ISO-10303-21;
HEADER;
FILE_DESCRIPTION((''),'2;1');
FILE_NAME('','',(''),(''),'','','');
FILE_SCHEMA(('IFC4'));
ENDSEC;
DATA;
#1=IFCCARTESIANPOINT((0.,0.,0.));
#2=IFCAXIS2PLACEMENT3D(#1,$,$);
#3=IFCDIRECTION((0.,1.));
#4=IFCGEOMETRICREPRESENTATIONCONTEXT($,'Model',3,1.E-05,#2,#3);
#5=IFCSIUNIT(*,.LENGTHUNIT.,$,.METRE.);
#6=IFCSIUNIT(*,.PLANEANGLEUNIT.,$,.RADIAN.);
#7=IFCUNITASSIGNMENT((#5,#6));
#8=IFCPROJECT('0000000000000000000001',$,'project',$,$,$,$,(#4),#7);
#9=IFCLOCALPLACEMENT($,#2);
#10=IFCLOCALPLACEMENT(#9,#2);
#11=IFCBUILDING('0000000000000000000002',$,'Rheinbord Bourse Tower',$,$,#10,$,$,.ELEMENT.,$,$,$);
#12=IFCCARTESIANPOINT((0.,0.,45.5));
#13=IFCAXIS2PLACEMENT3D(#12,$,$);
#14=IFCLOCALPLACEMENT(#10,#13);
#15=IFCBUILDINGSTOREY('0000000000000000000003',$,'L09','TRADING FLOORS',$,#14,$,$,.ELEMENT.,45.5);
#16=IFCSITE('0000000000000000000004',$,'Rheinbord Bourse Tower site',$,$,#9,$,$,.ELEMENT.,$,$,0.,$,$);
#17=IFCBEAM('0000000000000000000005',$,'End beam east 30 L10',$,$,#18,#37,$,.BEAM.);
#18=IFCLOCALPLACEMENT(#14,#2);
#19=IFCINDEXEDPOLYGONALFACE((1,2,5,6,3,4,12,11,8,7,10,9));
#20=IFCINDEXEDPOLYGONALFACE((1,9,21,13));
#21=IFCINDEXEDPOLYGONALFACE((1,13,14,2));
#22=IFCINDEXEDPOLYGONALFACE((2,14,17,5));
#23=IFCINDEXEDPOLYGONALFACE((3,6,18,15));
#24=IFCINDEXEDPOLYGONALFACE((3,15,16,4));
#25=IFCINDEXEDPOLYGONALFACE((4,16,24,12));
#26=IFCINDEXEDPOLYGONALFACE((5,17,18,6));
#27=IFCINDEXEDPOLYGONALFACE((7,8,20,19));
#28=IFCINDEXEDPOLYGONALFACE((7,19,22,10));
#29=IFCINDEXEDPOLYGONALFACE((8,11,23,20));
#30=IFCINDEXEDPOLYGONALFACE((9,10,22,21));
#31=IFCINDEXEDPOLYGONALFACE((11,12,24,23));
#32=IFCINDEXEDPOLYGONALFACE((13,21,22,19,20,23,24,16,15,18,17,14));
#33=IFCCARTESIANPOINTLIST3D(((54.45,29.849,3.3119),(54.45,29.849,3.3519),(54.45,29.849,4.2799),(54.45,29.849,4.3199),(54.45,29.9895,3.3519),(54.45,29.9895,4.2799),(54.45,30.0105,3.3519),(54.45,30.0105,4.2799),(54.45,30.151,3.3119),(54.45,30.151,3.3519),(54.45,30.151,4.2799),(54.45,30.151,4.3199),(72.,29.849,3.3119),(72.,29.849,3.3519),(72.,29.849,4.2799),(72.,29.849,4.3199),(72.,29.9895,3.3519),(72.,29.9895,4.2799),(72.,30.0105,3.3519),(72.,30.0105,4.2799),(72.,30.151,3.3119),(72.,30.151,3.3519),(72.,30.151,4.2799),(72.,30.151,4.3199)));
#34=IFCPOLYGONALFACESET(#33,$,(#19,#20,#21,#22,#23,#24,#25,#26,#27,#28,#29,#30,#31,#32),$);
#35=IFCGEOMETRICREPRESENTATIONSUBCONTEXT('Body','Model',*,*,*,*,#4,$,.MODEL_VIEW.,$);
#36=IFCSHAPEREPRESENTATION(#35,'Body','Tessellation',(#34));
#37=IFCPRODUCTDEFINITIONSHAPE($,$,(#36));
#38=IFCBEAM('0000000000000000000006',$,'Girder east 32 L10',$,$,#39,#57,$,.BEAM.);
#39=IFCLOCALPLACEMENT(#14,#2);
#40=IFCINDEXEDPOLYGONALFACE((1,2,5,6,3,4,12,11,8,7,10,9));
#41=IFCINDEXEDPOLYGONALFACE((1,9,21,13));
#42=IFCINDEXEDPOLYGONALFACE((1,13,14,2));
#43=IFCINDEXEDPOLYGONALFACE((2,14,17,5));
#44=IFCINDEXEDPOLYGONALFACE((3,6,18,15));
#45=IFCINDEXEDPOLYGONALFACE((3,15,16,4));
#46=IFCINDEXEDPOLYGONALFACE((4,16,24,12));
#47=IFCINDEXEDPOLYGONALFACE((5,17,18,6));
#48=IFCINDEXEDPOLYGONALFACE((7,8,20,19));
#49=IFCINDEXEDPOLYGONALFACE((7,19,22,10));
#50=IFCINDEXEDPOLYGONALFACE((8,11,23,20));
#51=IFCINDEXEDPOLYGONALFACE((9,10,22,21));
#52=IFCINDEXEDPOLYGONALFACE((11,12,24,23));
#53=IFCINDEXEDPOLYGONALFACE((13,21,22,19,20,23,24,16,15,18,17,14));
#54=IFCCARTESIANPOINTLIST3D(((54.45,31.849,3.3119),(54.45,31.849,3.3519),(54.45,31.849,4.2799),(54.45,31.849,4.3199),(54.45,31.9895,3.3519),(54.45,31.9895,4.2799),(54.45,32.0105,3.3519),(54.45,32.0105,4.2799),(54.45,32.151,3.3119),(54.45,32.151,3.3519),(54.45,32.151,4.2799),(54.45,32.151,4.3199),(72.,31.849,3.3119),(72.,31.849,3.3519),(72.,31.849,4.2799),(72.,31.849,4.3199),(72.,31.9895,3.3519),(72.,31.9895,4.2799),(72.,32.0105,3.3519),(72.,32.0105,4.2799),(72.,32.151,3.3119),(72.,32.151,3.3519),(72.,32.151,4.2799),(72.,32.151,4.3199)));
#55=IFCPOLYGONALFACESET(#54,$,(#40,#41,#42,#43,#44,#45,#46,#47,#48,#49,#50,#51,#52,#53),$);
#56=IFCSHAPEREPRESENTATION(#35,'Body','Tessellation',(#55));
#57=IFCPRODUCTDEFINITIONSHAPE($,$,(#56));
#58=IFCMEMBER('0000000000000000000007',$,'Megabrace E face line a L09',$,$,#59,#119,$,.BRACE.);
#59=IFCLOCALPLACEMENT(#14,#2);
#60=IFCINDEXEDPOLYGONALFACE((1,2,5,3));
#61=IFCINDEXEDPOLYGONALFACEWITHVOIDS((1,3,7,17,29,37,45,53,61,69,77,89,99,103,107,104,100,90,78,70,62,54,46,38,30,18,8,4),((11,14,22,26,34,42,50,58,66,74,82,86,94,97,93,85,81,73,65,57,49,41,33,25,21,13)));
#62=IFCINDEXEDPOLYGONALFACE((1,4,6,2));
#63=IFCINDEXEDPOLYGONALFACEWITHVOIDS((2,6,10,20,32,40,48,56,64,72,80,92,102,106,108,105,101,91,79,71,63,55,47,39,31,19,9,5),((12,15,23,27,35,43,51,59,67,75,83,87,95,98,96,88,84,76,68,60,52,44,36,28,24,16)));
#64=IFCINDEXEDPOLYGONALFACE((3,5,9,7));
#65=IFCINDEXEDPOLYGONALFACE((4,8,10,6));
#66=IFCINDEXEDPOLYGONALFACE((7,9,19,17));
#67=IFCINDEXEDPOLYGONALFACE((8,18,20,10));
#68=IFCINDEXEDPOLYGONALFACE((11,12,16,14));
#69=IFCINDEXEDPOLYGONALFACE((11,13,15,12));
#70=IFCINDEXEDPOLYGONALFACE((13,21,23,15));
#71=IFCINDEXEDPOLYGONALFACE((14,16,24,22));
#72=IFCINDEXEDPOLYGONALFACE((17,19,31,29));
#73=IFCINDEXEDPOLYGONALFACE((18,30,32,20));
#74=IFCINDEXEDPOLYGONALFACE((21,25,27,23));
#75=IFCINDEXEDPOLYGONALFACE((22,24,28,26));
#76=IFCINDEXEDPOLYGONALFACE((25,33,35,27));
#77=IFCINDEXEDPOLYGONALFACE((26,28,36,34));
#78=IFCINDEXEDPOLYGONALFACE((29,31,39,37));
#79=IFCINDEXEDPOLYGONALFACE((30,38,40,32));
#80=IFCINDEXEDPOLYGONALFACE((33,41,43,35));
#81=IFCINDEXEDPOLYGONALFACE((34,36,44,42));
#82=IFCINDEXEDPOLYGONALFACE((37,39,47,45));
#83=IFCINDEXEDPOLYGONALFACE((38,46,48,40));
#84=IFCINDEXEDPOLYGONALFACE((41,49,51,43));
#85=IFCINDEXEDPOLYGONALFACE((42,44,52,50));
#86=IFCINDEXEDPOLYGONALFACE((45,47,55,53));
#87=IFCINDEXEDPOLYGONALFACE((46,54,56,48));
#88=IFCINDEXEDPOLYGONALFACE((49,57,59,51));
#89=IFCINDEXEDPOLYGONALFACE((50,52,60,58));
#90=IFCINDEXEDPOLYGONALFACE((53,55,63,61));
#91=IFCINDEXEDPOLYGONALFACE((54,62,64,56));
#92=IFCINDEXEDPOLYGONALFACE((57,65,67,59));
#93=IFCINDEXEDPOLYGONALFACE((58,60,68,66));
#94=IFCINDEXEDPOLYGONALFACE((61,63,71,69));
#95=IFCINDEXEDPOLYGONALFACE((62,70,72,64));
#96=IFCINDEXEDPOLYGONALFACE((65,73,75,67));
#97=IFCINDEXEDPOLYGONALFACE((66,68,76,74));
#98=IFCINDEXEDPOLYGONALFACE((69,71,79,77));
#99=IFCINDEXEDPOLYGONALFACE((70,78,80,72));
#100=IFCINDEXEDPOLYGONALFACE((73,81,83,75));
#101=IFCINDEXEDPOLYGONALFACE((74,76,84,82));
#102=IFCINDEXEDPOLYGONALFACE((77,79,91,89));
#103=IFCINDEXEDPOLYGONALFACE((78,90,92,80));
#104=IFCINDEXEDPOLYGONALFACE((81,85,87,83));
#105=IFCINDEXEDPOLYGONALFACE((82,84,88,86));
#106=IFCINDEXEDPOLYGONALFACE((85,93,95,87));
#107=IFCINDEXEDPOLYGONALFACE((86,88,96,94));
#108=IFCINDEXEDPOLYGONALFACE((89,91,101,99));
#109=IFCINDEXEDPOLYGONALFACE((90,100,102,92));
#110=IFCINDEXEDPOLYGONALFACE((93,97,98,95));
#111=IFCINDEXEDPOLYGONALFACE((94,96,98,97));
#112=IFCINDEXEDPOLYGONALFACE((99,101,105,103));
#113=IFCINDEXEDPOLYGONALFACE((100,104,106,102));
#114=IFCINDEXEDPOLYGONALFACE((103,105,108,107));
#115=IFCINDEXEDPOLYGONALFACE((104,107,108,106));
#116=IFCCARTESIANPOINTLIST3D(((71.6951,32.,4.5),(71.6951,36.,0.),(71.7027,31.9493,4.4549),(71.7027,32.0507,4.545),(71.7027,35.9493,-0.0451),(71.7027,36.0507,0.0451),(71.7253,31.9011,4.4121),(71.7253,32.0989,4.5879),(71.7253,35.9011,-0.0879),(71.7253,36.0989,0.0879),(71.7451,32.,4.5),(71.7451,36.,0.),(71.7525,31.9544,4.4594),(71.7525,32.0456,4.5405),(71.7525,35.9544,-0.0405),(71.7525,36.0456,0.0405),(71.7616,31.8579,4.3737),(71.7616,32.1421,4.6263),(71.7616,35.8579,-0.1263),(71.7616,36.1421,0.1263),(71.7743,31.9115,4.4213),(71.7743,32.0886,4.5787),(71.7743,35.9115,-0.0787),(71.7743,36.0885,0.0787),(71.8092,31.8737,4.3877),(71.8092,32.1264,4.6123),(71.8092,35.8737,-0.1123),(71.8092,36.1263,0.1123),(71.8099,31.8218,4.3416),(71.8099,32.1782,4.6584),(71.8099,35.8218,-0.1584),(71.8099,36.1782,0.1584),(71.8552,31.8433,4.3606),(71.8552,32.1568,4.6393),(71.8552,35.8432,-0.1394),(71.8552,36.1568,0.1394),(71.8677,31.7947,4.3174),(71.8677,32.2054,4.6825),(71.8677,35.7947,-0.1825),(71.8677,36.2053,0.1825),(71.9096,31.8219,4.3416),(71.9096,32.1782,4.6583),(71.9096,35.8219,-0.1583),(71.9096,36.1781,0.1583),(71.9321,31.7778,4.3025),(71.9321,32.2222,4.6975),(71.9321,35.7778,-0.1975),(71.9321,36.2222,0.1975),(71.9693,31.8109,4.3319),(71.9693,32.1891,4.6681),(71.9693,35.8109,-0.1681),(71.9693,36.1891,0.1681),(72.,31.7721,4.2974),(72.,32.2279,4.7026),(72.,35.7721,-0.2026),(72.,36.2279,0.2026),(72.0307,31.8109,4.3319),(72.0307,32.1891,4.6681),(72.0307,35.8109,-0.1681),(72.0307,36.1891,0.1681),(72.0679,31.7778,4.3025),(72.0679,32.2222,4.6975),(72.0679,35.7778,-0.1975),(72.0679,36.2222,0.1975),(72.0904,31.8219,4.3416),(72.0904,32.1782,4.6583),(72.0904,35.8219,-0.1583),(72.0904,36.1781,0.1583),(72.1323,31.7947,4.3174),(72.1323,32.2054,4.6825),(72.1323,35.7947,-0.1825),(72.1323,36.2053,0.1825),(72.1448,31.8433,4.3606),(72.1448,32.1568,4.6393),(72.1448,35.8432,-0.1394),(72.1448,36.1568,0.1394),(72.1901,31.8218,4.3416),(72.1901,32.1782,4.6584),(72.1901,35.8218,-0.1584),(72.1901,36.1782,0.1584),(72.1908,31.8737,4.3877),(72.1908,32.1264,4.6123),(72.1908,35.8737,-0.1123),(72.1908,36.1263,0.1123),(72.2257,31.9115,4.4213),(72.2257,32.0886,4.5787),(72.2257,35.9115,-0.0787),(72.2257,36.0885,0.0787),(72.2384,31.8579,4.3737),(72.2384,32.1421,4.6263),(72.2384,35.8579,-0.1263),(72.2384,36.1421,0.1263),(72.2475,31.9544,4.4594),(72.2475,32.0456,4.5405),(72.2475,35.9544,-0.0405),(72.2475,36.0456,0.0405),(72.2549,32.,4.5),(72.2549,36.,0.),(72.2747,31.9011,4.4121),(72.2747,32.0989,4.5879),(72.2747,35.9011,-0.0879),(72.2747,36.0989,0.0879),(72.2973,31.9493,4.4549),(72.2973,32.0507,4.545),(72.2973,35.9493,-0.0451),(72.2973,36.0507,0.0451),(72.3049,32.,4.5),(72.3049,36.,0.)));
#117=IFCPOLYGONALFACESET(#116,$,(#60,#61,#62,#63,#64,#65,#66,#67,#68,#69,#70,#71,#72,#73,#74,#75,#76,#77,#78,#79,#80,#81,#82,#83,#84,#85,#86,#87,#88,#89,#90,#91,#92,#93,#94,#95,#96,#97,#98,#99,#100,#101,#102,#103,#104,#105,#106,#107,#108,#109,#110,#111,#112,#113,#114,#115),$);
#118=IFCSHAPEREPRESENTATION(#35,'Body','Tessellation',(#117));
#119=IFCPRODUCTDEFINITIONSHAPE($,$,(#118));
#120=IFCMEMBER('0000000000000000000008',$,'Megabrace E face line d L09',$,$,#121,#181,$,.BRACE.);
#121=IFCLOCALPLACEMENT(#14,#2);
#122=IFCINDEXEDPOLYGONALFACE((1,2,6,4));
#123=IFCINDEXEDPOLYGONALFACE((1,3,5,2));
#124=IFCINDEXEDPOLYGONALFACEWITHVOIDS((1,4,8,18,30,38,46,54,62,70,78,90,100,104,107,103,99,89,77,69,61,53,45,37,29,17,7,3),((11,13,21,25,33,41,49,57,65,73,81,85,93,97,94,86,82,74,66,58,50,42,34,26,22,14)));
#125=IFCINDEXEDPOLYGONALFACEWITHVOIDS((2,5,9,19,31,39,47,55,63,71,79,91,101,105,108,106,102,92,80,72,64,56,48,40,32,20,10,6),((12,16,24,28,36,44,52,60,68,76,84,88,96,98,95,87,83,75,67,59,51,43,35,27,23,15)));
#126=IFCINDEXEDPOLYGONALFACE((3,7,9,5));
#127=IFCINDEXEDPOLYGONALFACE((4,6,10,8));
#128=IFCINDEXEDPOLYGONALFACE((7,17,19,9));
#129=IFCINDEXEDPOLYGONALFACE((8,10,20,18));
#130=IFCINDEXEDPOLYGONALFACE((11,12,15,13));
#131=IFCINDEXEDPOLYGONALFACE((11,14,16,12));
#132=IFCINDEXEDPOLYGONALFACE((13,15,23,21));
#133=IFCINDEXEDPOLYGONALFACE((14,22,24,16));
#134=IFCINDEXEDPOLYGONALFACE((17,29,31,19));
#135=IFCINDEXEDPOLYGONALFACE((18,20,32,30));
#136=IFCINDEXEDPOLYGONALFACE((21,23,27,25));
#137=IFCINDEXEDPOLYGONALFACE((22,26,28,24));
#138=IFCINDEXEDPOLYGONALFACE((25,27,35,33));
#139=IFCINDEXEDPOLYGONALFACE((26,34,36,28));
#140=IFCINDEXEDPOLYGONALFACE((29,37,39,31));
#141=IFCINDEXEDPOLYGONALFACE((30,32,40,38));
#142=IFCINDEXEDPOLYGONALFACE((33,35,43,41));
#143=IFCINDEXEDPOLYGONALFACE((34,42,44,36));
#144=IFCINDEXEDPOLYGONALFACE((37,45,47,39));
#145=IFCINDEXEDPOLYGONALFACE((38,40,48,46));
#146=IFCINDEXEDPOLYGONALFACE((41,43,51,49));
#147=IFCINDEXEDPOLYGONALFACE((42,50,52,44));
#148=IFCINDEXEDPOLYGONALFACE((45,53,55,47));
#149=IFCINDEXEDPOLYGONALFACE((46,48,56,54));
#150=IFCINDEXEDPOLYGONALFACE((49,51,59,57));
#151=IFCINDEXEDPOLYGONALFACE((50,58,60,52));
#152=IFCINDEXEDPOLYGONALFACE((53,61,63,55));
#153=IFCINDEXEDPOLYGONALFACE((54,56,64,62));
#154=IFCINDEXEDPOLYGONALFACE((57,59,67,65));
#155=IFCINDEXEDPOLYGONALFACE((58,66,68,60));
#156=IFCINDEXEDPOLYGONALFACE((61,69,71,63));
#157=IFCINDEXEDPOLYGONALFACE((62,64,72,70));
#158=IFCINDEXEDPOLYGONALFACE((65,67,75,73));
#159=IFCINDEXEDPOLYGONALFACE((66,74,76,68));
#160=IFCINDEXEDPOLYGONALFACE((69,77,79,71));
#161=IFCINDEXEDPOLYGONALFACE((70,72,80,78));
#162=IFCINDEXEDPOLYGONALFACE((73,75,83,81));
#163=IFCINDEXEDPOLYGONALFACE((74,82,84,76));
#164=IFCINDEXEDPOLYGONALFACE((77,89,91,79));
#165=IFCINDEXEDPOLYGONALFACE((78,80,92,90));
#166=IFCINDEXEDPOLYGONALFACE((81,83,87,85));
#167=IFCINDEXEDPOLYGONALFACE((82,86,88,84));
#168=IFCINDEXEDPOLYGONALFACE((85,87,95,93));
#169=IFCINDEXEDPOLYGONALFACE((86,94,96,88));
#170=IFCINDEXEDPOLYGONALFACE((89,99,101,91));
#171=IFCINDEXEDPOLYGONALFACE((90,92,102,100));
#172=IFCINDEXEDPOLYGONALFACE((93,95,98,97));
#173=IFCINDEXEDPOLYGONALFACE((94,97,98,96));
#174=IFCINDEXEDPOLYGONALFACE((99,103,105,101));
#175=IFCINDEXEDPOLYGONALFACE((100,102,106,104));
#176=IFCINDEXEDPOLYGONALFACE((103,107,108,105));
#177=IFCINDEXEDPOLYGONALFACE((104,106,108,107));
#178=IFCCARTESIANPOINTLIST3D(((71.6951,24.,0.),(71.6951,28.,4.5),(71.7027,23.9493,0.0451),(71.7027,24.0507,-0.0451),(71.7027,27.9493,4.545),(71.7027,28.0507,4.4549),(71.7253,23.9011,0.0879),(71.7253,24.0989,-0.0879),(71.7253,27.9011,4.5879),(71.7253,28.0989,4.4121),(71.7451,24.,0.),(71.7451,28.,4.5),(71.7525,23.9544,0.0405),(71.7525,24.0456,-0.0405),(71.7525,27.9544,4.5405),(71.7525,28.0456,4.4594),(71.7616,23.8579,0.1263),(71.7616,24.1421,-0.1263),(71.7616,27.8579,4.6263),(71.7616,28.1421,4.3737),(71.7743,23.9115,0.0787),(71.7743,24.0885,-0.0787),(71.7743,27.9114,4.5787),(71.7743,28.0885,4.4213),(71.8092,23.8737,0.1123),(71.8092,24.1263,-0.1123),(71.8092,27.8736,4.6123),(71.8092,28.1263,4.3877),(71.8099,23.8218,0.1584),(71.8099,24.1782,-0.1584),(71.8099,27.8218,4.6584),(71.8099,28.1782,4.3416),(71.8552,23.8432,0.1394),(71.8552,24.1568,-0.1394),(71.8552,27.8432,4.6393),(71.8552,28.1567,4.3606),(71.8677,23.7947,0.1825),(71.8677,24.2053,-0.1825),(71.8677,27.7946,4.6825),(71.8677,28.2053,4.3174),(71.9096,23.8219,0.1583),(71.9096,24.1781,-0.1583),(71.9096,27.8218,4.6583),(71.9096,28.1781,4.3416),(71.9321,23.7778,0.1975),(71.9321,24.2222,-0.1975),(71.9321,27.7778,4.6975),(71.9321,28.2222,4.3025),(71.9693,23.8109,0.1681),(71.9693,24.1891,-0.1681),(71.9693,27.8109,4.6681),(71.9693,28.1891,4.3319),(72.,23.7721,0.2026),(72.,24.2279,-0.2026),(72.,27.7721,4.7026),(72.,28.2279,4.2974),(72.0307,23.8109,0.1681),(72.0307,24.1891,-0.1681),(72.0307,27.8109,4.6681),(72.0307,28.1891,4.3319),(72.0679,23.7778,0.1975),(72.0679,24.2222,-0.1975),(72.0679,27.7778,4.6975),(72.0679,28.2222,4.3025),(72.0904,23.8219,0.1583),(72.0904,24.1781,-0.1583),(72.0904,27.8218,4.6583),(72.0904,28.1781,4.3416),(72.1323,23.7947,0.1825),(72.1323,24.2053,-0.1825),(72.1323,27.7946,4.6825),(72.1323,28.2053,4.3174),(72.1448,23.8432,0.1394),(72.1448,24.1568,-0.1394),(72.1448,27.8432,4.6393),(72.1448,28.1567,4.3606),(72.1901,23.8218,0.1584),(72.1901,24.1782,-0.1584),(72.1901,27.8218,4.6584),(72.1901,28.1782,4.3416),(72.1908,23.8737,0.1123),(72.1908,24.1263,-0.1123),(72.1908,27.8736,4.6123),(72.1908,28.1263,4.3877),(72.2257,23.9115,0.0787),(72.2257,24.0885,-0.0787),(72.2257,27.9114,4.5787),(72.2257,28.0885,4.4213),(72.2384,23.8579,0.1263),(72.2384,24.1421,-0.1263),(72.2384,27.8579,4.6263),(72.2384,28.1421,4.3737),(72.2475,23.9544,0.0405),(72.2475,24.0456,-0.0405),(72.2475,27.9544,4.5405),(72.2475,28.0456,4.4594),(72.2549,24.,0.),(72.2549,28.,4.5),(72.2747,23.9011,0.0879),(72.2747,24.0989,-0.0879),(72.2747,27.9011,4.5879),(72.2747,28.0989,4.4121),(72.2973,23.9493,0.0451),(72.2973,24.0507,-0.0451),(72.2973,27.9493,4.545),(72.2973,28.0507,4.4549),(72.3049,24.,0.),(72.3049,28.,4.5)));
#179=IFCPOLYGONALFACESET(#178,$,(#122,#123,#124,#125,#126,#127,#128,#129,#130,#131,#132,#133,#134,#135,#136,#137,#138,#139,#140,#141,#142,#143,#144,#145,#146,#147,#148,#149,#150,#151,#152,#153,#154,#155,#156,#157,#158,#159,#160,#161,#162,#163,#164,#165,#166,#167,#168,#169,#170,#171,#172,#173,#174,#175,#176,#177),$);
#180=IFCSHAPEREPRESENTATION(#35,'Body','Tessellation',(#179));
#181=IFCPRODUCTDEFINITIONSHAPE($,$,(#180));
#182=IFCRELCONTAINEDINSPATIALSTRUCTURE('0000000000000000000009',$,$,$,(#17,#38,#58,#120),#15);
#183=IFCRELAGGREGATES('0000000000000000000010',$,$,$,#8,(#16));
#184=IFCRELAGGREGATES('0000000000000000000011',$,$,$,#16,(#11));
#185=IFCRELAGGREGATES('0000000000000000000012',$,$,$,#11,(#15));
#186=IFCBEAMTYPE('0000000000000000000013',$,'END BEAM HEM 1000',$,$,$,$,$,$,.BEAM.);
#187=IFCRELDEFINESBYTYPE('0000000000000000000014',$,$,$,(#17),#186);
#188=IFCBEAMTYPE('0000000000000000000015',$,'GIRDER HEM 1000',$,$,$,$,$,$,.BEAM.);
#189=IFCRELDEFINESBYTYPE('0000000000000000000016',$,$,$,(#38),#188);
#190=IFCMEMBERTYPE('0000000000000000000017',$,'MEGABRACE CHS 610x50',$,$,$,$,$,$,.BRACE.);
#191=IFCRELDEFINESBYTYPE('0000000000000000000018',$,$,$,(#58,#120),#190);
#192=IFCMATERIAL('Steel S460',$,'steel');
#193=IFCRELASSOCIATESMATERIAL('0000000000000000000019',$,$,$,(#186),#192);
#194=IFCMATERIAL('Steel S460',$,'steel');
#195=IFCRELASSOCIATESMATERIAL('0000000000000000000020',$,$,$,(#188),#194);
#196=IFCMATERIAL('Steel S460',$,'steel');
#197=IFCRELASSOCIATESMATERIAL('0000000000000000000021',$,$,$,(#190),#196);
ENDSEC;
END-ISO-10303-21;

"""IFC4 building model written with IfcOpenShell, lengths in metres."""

from ifc_helpers import new_model, si_unit, direction, frame, origin, origin_2d, place, context, subcontext, project, spatial, hollow_circle, i_section, extrude, material, material_profile, profile_set, type_object, element, save


model = new_model("IFC4")

# Units and contexts
model_context = context("Model", 3, precision=1e-05, world=origin(), true_north=direction((0.0, 1.0)))
body_context = subcontext(model_context, "Body", "Model", "MODEL_VIEW")
ifc_project = project(units=[si_unit("LENGTHUNIT", "METRE"), si_unit("PLANEANGLEUNIT", "RADIAN")], contexts=[model_context])

# Site, building, storey
site_placement = place(None, origin())
site = spatial("IfcSite", under=ifc_project, at=site_placement, Name="Rheinbord Bourse Tower site", CompositionType="ELEMENT", RefElevation=0.0)
building_placement = place(site_placement, origin())
building = spatial("IfcBuilding", under=site, at=building_placement, Name="Rheinbord Bourse Tower", CompositionType="ELEMENT")
storey_placement = place(building_placement, frame((0.0, 0.0, 45.5)))
storey = spatial("IfcBuildingStorey", under=building, at=storey_placement, Name="L09", Description="TRADING FLOORS", CompositionType="ELEMENT", Elevation=45.5)

# Beams
ifc_material_1 = material(Name="Steel S460", Category="steel")
ifc_material_profile_1 = material_profile(ifc_material_1, i_section(OverallWidth=0.302, OverallDepth=1.0081, WebThickness=0.021, FlangeThickness=0.04, at=origin_2d()), Name="HEM 1000")
ifc_profile_set_1 = profile_set([ifc_material_profile_1], Name="Steel S460")
beam_type_1 = type_object("IfcBeamType", Name="END BEAM HEM 1000", PredefinedType="BEAM", material=ifc_profile_set_1)
beam_1_placement = place(storey_placement, frame((54.45, 30.0, 3.8159), z_axis=(1.0, 0.0, 0.0), x_axis=(0.0, 1.0, 0.0)))
element("IfcBeam", 1, at=beam_1_placement, inside=storey, type_object=beam_type_1, Name="End beam east 30 L10", PredefinedType="BEAM", context=body_context, shape_type="SweptSolid", body=[
    extrude(i_section(OverallWidth=0.302, OverallDepth=1.0081, WebThickness=0.021, FlangeThickness=0.04, at=origin_2d()), origin(), (0.0, 0.0, 1.0), 17.55),
])
ifc_material_2 = material(Name="Steel S460", Category="steel")
ifc_material_profile_2 = material_profile(ifc_material_2, i_section(OverallWidth=0.302, OverallDepth=1.0081, WebThickness=0.021, FlangeThickness=0.04, at=origin_2d()), Name="HEM 1000")
ifc_profile_set_2 = profile_set([ifc_material_profile_2], Name="Steel S460")
beam_type_2 = type_object("IfcBeamType", Name="GIRDER HEM 1000", PredefinedType="BEAM", material=ifc_profile_set_2)
beam_2_placement = place(storey_placement, frame((54.45, 32.0, 3.8159), z_axis=(1.0, 0.0, 0.0), x_axis=(0.0, 1.0, 0.0)))
element("IfcBeam", 2, at=beam_2_placement, inside=storey, type_object=beam_type_2, Name="Girder east 32 L10", PredefinedType="BEAM", context=body_context, shape_type="SweptSolid", body=[
    extrude(i_section(OverallWidth=0.302, OverallDepth=1.0081, WebThickness=0.021, FlangeThickness=0.04, at=origin_2d()), origin(), (0.0, 0.0, 1.0), 17.55),
])

# Members
ifc_material_3 = material(Name="Steel S460", Category="steel")
ifc_material_profile_3 = material_profile(ifc_material_3, hollow_circle(Radius=0.3049, WallThickness=0.05, at=origin_2d()), Name="CHS 610x50")
ifc_profile_set_3 = profile_set([ifc_material_profile_3], Name="Steel S460")
member_type_1 = type_object("IfcMemberType", Name="MEGABRACE CHS 610x50", PredefinedType="BRACE", material=ifc_profile_set_3)
for number, where, z_axis, x_axis, name in (
    (3, (72.0, 36.0, 0.0), (0.0, -0.664364, 0.747409), (1.0, 0.0, 0.0), "Megabrace E face line a L09"),
    (4, (72.0, 24.0, 0.0), (0.0, 0.664364, 0.747409), (-1.0, 0.0, 0.0), "Megabrace E face line d L09"),
):
    element("IfcMember", number, at=place(storey_placement, frame(where, z_axis=z_axis, x_axis=x_axis)), inside=storey, type_object=member_type_1, Name=name, PredefinedType="BRACE", context=body_context, shape_type="SweptSolid", body=[
        extrude(hollow_circle(Radius=0.3049, WallThickness=0.05, at=origin_2d()), origin(), (0.0, 0.0, 1.0), 6.0208),
    ])

save(model, "model.ifc")
